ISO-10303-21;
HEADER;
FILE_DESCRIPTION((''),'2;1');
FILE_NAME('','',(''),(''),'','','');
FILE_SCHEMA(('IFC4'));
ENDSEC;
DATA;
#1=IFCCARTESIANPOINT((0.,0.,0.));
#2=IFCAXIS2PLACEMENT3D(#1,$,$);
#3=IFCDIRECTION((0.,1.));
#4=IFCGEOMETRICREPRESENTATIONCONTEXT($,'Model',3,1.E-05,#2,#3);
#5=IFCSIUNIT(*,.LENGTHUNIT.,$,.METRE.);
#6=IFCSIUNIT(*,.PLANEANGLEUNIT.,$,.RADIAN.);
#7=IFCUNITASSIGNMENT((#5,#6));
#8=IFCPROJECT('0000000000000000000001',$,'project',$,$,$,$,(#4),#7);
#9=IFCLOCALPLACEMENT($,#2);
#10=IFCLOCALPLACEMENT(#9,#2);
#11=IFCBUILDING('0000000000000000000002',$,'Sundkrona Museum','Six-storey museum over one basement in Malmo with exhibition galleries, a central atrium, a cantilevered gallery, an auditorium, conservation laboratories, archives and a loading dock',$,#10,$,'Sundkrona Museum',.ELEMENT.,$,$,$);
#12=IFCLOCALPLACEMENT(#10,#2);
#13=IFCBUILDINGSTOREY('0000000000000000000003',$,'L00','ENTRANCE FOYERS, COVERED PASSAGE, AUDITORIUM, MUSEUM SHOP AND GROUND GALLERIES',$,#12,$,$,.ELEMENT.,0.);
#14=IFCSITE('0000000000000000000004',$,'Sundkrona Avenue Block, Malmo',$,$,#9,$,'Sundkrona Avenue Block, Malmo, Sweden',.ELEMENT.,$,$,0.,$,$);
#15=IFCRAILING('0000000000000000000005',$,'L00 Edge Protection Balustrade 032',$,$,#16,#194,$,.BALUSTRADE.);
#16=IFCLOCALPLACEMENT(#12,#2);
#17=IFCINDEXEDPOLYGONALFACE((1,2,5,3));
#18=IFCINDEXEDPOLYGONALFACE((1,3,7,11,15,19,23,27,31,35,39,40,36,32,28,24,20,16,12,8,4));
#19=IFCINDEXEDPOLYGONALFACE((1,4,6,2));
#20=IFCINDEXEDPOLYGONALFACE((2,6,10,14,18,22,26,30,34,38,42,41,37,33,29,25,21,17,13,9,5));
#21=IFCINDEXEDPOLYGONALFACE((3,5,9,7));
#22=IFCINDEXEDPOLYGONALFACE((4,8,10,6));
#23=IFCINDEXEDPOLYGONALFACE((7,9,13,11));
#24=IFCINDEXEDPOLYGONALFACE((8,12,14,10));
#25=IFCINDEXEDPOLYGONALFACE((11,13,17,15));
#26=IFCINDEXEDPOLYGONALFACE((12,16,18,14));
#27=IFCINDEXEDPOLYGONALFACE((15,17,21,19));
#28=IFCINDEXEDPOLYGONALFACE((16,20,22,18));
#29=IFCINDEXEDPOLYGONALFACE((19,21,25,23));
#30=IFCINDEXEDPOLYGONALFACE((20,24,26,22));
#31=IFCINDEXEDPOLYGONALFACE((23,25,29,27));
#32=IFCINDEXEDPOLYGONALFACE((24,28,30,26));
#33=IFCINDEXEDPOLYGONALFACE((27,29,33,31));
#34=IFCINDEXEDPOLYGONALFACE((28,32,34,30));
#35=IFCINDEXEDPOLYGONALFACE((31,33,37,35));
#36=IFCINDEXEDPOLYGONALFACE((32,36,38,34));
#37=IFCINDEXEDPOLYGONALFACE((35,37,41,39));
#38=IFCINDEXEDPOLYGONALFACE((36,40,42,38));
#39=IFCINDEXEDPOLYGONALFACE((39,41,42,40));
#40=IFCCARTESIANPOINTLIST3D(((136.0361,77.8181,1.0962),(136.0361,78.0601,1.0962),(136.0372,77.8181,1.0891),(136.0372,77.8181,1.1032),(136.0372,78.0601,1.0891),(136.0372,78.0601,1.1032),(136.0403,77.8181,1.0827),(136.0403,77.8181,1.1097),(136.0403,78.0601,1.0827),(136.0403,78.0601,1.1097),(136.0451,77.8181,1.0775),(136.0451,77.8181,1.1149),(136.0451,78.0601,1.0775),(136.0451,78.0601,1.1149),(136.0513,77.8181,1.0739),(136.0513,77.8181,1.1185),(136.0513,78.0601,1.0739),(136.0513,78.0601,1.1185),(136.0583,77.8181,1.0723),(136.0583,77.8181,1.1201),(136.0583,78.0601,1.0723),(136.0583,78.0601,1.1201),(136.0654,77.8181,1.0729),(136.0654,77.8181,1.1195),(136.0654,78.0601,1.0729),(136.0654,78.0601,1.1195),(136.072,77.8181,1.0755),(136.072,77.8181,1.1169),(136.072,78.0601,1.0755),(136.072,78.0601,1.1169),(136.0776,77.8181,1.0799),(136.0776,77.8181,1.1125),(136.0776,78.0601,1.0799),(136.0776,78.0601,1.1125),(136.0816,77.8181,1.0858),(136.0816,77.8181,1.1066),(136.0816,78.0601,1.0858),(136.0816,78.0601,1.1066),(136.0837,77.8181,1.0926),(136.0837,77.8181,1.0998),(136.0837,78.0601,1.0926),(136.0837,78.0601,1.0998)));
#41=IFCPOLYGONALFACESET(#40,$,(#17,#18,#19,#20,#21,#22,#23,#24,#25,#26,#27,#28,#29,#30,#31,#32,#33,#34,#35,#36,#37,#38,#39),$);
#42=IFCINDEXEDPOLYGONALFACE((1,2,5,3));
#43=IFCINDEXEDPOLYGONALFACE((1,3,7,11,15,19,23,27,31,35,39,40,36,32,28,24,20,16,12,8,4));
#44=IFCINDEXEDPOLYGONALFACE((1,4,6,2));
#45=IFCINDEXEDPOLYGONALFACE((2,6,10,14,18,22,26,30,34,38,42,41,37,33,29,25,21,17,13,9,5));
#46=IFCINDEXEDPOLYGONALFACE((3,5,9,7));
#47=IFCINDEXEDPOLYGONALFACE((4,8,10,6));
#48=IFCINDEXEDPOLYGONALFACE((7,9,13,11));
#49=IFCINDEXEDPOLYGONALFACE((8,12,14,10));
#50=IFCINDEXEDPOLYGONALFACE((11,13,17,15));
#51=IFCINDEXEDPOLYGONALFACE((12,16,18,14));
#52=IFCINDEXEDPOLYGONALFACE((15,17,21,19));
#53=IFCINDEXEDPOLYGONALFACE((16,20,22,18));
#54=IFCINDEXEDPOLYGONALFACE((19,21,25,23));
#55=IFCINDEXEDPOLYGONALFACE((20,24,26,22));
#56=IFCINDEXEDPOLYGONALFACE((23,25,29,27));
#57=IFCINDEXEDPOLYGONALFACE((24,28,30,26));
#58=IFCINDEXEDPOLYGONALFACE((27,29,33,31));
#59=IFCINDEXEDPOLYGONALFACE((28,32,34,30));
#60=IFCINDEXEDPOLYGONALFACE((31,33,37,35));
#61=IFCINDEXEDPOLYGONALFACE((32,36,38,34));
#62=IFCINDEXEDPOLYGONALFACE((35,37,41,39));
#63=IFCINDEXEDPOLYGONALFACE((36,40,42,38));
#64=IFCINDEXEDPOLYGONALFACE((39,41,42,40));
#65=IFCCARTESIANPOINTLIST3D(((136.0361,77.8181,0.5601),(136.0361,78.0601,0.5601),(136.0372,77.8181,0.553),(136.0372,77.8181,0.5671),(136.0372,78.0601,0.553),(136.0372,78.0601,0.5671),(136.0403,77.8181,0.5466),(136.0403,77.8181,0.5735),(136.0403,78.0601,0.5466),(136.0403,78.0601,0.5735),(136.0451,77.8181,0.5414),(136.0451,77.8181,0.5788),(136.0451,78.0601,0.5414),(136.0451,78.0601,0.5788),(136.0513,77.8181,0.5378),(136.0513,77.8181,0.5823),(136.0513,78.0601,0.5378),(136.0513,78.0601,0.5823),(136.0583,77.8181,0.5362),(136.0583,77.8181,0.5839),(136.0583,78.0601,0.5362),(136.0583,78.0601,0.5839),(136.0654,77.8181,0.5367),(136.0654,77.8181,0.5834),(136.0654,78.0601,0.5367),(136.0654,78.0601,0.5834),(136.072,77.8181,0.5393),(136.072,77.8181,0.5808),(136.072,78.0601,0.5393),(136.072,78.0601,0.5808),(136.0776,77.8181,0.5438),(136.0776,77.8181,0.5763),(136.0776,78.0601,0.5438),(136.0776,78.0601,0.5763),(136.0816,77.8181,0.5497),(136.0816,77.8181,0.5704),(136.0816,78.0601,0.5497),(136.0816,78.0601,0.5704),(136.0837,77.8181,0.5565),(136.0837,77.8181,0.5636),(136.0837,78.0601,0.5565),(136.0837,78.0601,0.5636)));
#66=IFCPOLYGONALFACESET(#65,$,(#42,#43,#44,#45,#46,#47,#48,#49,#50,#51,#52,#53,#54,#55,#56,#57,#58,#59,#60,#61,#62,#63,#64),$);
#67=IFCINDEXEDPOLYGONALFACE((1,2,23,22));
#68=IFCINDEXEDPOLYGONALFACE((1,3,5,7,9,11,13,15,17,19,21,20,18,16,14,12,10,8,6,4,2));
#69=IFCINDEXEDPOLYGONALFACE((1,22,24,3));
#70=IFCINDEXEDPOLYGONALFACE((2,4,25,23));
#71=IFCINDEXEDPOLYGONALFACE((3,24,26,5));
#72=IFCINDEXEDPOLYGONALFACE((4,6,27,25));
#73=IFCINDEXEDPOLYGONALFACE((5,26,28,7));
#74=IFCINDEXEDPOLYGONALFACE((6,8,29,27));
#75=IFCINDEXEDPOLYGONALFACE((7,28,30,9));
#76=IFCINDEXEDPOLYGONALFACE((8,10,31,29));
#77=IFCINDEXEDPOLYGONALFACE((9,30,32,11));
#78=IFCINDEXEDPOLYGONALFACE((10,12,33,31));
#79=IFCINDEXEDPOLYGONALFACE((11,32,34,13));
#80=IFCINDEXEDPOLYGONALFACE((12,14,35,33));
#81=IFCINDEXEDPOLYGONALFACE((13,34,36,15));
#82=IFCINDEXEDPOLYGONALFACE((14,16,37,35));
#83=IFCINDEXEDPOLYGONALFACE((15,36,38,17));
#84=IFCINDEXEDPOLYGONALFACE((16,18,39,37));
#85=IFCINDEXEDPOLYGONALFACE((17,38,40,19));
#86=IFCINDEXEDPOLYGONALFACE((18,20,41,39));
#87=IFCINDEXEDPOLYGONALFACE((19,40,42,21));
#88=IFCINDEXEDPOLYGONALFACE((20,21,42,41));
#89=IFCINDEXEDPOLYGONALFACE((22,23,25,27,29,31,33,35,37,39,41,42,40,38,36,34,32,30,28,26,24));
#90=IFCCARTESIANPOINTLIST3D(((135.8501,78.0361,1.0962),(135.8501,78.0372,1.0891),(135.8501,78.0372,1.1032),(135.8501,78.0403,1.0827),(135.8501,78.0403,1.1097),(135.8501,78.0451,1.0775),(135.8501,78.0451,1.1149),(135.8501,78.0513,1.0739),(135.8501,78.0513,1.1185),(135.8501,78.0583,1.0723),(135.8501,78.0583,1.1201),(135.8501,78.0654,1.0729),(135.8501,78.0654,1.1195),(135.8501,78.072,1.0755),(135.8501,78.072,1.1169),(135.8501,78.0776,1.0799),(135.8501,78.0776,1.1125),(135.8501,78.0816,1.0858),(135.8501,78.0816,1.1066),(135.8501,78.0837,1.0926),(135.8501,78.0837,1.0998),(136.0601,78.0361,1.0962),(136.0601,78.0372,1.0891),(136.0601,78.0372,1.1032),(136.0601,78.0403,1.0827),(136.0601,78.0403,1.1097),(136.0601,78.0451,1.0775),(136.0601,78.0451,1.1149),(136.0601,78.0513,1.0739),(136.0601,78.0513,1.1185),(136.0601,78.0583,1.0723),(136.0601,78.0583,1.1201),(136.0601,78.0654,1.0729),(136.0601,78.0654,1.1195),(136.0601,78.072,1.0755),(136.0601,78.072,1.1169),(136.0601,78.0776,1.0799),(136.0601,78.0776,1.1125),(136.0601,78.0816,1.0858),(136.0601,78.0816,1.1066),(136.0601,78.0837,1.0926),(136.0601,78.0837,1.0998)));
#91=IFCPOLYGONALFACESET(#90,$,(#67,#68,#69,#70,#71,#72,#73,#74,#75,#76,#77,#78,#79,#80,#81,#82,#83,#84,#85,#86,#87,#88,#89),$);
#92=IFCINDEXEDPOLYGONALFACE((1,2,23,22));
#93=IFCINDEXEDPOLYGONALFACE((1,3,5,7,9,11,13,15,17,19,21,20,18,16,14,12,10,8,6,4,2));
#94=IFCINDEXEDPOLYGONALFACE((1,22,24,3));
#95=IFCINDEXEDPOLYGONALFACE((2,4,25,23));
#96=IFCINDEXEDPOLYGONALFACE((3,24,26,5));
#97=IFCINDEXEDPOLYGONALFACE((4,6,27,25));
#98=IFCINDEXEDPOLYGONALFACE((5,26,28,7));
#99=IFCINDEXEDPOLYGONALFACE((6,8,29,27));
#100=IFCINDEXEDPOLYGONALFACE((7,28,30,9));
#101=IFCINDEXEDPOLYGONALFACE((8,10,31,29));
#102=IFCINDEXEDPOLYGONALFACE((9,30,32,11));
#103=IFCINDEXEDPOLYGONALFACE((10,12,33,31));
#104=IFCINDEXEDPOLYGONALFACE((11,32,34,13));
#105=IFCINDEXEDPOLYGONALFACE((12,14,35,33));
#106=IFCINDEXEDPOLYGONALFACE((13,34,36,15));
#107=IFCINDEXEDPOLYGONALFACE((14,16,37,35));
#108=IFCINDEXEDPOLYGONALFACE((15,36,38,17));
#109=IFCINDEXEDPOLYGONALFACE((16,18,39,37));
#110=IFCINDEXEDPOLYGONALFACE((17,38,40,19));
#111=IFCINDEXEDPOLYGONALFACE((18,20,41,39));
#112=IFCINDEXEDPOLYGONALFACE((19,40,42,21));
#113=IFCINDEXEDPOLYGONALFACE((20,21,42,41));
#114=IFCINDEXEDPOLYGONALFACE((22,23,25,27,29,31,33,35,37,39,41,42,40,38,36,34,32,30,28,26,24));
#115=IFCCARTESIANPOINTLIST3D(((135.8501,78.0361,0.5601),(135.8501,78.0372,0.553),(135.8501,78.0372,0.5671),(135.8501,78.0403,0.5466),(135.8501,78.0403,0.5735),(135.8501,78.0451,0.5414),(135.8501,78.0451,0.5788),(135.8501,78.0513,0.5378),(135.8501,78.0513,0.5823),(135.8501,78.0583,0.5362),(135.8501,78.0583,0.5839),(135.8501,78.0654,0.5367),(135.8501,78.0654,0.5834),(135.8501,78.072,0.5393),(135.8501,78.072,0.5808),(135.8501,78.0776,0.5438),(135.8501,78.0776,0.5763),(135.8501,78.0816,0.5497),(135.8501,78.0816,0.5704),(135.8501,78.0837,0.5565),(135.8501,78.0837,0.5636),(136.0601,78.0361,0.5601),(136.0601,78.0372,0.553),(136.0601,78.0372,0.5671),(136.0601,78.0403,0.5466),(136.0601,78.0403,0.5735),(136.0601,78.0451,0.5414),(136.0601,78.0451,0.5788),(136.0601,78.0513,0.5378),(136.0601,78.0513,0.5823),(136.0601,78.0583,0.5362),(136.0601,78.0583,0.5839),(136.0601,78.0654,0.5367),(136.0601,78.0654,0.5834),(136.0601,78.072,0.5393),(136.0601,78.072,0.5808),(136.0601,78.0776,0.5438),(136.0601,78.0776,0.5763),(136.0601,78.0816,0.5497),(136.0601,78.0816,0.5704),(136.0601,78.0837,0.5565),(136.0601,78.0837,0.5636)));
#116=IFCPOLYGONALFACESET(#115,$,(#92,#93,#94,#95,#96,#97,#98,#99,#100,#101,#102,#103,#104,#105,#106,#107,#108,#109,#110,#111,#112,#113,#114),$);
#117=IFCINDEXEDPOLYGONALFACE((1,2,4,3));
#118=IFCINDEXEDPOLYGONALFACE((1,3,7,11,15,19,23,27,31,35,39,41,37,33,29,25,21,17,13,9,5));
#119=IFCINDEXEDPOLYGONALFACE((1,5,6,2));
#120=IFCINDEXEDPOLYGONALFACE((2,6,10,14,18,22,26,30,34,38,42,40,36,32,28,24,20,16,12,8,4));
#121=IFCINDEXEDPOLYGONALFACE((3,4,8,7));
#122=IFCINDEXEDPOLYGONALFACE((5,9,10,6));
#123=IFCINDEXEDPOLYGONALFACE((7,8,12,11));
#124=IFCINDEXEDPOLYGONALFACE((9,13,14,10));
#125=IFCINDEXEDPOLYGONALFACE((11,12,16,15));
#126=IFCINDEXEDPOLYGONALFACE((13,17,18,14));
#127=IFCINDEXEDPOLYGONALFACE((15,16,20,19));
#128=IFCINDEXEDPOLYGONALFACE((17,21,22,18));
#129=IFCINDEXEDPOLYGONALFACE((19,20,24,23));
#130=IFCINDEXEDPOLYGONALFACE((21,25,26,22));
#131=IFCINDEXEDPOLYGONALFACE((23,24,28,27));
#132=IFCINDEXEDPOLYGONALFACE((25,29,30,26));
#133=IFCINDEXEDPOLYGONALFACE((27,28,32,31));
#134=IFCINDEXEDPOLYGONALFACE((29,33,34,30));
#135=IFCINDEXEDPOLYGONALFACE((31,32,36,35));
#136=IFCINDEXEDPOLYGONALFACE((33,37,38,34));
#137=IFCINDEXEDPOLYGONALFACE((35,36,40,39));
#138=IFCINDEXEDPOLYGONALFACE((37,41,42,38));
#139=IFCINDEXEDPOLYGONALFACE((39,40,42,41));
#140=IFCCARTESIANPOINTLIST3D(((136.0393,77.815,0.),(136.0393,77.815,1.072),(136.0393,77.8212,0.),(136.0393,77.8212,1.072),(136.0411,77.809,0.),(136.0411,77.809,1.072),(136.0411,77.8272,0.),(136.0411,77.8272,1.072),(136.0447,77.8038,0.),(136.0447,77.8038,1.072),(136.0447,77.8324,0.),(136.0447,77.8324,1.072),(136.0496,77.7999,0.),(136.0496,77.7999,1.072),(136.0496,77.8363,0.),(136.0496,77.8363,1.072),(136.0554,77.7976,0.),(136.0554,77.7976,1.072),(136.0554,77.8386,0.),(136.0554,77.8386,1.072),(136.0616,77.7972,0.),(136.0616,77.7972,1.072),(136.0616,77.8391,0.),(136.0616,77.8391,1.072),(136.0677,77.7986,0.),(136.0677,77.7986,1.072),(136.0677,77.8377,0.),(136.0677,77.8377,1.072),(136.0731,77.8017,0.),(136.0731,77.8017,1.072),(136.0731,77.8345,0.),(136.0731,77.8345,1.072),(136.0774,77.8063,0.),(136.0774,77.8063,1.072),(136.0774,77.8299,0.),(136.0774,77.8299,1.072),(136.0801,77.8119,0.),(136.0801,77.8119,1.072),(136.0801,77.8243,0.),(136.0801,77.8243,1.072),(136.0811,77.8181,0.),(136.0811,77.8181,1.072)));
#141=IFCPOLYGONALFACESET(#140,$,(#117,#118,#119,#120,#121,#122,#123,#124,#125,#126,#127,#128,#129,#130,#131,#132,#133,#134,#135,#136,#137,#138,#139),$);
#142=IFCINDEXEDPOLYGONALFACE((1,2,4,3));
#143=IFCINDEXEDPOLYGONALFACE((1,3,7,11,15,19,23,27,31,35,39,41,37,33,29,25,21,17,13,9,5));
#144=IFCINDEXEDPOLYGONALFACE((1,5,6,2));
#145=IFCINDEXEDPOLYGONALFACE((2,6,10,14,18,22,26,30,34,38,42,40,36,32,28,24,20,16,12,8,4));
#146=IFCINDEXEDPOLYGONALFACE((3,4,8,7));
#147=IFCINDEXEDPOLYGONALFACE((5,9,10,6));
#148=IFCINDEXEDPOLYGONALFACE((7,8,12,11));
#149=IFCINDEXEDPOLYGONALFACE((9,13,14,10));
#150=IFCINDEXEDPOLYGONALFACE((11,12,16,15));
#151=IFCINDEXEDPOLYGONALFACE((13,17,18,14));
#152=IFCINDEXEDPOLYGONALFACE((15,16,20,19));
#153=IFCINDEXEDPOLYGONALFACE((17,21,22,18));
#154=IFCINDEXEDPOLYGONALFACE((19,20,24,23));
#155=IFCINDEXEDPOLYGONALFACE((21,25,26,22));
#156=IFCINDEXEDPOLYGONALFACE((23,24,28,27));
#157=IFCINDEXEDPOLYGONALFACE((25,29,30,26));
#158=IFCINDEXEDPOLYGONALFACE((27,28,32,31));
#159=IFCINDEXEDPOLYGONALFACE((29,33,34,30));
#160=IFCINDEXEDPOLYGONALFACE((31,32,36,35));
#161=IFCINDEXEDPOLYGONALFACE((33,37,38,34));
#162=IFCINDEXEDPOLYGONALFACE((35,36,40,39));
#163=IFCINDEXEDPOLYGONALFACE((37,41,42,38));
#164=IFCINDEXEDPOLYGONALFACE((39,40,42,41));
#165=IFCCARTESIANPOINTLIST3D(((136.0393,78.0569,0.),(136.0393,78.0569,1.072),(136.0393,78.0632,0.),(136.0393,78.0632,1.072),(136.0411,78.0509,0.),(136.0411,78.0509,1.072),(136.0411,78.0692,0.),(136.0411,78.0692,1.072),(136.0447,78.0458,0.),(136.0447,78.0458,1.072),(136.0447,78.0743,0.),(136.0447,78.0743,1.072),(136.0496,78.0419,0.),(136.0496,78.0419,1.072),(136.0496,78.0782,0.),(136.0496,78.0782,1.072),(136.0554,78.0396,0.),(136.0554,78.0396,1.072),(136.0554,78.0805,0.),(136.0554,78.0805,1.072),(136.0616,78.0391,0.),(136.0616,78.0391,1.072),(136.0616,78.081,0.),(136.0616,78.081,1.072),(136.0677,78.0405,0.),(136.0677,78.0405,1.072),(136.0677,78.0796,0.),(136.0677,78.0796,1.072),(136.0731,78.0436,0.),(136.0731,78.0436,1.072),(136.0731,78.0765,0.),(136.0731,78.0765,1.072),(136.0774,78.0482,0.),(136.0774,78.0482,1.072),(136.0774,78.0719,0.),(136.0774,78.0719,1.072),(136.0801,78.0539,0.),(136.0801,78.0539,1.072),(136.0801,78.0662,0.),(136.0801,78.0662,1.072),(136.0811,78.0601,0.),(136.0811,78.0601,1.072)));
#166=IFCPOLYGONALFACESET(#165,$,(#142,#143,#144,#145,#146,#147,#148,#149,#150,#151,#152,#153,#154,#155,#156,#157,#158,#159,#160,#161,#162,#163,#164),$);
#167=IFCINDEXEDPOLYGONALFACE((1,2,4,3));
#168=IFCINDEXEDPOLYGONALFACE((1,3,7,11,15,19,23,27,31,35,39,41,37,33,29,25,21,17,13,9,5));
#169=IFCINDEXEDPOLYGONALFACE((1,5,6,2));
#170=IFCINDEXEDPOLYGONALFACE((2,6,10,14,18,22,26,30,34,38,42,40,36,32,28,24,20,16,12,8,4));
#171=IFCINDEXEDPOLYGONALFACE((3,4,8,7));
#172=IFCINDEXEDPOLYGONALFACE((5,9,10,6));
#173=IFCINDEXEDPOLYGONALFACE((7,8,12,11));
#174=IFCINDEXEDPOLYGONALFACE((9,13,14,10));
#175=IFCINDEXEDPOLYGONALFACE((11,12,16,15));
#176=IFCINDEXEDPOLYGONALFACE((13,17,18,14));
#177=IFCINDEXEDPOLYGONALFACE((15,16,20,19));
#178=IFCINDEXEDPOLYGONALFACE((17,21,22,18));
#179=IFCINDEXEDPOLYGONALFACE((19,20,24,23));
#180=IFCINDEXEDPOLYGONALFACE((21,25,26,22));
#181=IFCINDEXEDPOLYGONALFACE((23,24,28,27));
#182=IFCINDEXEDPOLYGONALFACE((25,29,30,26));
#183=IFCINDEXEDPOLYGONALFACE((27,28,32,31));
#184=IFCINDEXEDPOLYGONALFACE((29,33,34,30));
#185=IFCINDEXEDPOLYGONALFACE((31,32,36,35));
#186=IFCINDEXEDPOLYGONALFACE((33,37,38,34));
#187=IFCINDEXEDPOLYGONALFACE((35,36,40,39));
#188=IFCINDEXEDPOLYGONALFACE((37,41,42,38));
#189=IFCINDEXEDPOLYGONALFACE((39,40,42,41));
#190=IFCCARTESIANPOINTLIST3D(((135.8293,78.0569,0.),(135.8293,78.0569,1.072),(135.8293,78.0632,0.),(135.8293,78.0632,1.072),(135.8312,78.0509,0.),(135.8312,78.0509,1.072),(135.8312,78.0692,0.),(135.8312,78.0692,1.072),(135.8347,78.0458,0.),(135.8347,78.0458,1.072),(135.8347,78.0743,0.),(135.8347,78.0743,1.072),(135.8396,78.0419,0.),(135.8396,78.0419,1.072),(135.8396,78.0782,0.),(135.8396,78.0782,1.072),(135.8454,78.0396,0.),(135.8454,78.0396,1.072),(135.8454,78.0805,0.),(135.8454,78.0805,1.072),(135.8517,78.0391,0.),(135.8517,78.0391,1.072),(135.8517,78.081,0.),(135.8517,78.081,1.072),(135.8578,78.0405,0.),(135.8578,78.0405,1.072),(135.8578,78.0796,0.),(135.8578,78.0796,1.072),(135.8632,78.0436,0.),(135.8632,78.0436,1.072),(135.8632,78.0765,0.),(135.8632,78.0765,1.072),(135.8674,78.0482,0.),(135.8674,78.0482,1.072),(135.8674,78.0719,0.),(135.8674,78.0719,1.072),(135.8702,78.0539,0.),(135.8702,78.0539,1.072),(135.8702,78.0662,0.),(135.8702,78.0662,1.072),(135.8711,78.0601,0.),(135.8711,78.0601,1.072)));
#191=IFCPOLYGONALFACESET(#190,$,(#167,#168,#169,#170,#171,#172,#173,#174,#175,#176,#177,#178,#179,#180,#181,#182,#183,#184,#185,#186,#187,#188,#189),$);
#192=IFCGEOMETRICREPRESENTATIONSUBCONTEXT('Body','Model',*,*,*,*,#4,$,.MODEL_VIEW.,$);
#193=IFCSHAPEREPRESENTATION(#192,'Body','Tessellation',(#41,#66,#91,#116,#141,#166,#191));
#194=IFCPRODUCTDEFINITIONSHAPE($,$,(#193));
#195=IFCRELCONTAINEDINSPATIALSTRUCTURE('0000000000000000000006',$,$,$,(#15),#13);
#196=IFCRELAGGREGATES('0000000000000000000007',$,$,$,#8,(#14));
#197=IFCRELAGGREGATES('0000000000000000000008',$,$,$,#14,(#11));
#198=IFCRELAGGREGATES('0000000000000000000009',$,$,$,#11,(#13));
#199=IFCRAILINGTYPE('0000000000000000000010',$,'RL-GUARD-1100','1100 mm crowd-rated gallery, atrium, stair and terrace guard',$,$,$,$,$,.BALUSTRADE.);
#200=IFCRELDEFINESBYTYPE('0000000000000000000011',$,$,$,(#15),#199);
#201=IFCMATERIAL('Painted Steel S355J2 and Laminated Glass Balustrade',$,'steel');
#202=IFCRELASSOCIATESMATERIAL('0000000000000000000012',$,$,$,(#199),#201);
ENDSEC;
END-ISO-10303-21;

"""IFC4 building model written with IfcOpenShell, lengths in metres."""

from ifc_helpers import new_model, si_unit, direction, frame, origin, origin_2d, place, context, subcontext, project, spatial, circle, extrude, material, type_object, element, save


model = new_model("IFC4")

# Units and contexts
model_context = context("Model", 3, precision=1e-05, world=origin(), true_north=direction((0.0, 1.0)))
body_context = subcontext(model_context, "Body", "Model", "MODEL_VIEW")
ifc_project = project(units=[si_unit("LENGTHUNIT", "METRE"), si_unit("PLANEANGLEUNIT", "RADIAN")], contexts=[model_context])

# Site, building, storey
site_placement = place(None, origin())
site = spatial("IfcSite", under=ifc_project, at=site_placement, Name="Sundkrona Avenue Block, Malmo", LongName="Sundkrona Avenue Block, Malmo, Sweden", CompositionType="ELEMENT", RefElevation=0.0)
building_placement = place(site_placement, origin())
building = spatial("IfcBuilding", under=site, at=building_placement, Name="Sundkrona Museum", Description="Six-storey museum over one basement in Malmo with exhibition galleries, a central atrium, a cantilevered gallery, an auditorium, conservation laboratories, archives and a loading dock", LongName="Sundkrona Museum", CompositionType="ELEMENT")
storey_placement = place(building_placement, origin())
storey = spatial("IfcBuildingStorey", under=building, at=storey_placement, Name="L00", Description="ENTRANCE FOYERS, COVERED PASSAGE, AUDITORIUM, MUSEUM SHOP AND GROUND GALLERIES", CompositionType="ELEMENT", Elevation=0.0)

# Railing
ifc_material_1 = material(Name="Painted Steel S355J2 and Laminated Glass Balustrade", Category="steel")
railing_type = type_object("IfcRailingType", Name="RL-GUARD-1100", Description="1100 mm crowd-rated gallery, atrium, stair and terrace guard", PredefinedType="BALUSTRADE", material=ifc_material_1)
railing_1_placement = place(storey_placement, frame((136.0601, 77.8181, 0.0)))
element("IfcRailing", 1, at=railing_1_placement, inside=storey, type_object=railing_type, Name="L00 Edge Protection Balustrade 032", PredefinedType="BALUSTRADE", context=body_context, shape_type="SweptSolid", body=[
    extrude(circle(Radius=0.0239, at=origin_2d()), frame((0.0, 0.0, 1.0962), z_axis=(0.0, 1.0, 0.0), x_axis=(-1.0, 0.0, 0.0)), (0.0, 0.0, 1.0), 0.2419),
    extrude(circle(Radius=0.0239, at=origin_2d()), frame((0.0, 0.0, 0.5601), z_axis=(0.0, 1.0, 0.0), x_axis=(-1.0, 0.0, 0.0)), (0.0, 0.0, 1.0), 0.2419),
    extrude(circle(Radius=0.0239, at=origin_2d()), frame((0.0, 0.2419, 1.0962), z_axis=(-1.0, 0.0, 0.0), x_axis=(0.0, -1.0, 0.0)), (0.0, 0.0, 1.0), 0.21),
    extrude(circle(Radius=0.0239, at=origin_2d()), frame((0.0, 0.2419, 0.5601), z_axis=(-1.0, 0.0, 0.0), x_axis=(0.0, -1.0, 0.0)), (0.0, 0.0, 1.0), 0.21),
    extrude(circle(Radius=0.021, at=origin_2d()), origin(), (0.0, 0.0, 1.0), 1.072),
    extrude(circle(Radius=0.021, at=origin_2d()), frame((0.0, 0.2419, 0.0)), (0.0, 0.0, 1.0), 1.072),
    extrude(circle(Radius=0.021, at=origin_2d()), frame((-0.21, 0.2419, 0.0)), (0.0, 0.0, 1.0), 1.072),
])

save(model, "model.ifc")
